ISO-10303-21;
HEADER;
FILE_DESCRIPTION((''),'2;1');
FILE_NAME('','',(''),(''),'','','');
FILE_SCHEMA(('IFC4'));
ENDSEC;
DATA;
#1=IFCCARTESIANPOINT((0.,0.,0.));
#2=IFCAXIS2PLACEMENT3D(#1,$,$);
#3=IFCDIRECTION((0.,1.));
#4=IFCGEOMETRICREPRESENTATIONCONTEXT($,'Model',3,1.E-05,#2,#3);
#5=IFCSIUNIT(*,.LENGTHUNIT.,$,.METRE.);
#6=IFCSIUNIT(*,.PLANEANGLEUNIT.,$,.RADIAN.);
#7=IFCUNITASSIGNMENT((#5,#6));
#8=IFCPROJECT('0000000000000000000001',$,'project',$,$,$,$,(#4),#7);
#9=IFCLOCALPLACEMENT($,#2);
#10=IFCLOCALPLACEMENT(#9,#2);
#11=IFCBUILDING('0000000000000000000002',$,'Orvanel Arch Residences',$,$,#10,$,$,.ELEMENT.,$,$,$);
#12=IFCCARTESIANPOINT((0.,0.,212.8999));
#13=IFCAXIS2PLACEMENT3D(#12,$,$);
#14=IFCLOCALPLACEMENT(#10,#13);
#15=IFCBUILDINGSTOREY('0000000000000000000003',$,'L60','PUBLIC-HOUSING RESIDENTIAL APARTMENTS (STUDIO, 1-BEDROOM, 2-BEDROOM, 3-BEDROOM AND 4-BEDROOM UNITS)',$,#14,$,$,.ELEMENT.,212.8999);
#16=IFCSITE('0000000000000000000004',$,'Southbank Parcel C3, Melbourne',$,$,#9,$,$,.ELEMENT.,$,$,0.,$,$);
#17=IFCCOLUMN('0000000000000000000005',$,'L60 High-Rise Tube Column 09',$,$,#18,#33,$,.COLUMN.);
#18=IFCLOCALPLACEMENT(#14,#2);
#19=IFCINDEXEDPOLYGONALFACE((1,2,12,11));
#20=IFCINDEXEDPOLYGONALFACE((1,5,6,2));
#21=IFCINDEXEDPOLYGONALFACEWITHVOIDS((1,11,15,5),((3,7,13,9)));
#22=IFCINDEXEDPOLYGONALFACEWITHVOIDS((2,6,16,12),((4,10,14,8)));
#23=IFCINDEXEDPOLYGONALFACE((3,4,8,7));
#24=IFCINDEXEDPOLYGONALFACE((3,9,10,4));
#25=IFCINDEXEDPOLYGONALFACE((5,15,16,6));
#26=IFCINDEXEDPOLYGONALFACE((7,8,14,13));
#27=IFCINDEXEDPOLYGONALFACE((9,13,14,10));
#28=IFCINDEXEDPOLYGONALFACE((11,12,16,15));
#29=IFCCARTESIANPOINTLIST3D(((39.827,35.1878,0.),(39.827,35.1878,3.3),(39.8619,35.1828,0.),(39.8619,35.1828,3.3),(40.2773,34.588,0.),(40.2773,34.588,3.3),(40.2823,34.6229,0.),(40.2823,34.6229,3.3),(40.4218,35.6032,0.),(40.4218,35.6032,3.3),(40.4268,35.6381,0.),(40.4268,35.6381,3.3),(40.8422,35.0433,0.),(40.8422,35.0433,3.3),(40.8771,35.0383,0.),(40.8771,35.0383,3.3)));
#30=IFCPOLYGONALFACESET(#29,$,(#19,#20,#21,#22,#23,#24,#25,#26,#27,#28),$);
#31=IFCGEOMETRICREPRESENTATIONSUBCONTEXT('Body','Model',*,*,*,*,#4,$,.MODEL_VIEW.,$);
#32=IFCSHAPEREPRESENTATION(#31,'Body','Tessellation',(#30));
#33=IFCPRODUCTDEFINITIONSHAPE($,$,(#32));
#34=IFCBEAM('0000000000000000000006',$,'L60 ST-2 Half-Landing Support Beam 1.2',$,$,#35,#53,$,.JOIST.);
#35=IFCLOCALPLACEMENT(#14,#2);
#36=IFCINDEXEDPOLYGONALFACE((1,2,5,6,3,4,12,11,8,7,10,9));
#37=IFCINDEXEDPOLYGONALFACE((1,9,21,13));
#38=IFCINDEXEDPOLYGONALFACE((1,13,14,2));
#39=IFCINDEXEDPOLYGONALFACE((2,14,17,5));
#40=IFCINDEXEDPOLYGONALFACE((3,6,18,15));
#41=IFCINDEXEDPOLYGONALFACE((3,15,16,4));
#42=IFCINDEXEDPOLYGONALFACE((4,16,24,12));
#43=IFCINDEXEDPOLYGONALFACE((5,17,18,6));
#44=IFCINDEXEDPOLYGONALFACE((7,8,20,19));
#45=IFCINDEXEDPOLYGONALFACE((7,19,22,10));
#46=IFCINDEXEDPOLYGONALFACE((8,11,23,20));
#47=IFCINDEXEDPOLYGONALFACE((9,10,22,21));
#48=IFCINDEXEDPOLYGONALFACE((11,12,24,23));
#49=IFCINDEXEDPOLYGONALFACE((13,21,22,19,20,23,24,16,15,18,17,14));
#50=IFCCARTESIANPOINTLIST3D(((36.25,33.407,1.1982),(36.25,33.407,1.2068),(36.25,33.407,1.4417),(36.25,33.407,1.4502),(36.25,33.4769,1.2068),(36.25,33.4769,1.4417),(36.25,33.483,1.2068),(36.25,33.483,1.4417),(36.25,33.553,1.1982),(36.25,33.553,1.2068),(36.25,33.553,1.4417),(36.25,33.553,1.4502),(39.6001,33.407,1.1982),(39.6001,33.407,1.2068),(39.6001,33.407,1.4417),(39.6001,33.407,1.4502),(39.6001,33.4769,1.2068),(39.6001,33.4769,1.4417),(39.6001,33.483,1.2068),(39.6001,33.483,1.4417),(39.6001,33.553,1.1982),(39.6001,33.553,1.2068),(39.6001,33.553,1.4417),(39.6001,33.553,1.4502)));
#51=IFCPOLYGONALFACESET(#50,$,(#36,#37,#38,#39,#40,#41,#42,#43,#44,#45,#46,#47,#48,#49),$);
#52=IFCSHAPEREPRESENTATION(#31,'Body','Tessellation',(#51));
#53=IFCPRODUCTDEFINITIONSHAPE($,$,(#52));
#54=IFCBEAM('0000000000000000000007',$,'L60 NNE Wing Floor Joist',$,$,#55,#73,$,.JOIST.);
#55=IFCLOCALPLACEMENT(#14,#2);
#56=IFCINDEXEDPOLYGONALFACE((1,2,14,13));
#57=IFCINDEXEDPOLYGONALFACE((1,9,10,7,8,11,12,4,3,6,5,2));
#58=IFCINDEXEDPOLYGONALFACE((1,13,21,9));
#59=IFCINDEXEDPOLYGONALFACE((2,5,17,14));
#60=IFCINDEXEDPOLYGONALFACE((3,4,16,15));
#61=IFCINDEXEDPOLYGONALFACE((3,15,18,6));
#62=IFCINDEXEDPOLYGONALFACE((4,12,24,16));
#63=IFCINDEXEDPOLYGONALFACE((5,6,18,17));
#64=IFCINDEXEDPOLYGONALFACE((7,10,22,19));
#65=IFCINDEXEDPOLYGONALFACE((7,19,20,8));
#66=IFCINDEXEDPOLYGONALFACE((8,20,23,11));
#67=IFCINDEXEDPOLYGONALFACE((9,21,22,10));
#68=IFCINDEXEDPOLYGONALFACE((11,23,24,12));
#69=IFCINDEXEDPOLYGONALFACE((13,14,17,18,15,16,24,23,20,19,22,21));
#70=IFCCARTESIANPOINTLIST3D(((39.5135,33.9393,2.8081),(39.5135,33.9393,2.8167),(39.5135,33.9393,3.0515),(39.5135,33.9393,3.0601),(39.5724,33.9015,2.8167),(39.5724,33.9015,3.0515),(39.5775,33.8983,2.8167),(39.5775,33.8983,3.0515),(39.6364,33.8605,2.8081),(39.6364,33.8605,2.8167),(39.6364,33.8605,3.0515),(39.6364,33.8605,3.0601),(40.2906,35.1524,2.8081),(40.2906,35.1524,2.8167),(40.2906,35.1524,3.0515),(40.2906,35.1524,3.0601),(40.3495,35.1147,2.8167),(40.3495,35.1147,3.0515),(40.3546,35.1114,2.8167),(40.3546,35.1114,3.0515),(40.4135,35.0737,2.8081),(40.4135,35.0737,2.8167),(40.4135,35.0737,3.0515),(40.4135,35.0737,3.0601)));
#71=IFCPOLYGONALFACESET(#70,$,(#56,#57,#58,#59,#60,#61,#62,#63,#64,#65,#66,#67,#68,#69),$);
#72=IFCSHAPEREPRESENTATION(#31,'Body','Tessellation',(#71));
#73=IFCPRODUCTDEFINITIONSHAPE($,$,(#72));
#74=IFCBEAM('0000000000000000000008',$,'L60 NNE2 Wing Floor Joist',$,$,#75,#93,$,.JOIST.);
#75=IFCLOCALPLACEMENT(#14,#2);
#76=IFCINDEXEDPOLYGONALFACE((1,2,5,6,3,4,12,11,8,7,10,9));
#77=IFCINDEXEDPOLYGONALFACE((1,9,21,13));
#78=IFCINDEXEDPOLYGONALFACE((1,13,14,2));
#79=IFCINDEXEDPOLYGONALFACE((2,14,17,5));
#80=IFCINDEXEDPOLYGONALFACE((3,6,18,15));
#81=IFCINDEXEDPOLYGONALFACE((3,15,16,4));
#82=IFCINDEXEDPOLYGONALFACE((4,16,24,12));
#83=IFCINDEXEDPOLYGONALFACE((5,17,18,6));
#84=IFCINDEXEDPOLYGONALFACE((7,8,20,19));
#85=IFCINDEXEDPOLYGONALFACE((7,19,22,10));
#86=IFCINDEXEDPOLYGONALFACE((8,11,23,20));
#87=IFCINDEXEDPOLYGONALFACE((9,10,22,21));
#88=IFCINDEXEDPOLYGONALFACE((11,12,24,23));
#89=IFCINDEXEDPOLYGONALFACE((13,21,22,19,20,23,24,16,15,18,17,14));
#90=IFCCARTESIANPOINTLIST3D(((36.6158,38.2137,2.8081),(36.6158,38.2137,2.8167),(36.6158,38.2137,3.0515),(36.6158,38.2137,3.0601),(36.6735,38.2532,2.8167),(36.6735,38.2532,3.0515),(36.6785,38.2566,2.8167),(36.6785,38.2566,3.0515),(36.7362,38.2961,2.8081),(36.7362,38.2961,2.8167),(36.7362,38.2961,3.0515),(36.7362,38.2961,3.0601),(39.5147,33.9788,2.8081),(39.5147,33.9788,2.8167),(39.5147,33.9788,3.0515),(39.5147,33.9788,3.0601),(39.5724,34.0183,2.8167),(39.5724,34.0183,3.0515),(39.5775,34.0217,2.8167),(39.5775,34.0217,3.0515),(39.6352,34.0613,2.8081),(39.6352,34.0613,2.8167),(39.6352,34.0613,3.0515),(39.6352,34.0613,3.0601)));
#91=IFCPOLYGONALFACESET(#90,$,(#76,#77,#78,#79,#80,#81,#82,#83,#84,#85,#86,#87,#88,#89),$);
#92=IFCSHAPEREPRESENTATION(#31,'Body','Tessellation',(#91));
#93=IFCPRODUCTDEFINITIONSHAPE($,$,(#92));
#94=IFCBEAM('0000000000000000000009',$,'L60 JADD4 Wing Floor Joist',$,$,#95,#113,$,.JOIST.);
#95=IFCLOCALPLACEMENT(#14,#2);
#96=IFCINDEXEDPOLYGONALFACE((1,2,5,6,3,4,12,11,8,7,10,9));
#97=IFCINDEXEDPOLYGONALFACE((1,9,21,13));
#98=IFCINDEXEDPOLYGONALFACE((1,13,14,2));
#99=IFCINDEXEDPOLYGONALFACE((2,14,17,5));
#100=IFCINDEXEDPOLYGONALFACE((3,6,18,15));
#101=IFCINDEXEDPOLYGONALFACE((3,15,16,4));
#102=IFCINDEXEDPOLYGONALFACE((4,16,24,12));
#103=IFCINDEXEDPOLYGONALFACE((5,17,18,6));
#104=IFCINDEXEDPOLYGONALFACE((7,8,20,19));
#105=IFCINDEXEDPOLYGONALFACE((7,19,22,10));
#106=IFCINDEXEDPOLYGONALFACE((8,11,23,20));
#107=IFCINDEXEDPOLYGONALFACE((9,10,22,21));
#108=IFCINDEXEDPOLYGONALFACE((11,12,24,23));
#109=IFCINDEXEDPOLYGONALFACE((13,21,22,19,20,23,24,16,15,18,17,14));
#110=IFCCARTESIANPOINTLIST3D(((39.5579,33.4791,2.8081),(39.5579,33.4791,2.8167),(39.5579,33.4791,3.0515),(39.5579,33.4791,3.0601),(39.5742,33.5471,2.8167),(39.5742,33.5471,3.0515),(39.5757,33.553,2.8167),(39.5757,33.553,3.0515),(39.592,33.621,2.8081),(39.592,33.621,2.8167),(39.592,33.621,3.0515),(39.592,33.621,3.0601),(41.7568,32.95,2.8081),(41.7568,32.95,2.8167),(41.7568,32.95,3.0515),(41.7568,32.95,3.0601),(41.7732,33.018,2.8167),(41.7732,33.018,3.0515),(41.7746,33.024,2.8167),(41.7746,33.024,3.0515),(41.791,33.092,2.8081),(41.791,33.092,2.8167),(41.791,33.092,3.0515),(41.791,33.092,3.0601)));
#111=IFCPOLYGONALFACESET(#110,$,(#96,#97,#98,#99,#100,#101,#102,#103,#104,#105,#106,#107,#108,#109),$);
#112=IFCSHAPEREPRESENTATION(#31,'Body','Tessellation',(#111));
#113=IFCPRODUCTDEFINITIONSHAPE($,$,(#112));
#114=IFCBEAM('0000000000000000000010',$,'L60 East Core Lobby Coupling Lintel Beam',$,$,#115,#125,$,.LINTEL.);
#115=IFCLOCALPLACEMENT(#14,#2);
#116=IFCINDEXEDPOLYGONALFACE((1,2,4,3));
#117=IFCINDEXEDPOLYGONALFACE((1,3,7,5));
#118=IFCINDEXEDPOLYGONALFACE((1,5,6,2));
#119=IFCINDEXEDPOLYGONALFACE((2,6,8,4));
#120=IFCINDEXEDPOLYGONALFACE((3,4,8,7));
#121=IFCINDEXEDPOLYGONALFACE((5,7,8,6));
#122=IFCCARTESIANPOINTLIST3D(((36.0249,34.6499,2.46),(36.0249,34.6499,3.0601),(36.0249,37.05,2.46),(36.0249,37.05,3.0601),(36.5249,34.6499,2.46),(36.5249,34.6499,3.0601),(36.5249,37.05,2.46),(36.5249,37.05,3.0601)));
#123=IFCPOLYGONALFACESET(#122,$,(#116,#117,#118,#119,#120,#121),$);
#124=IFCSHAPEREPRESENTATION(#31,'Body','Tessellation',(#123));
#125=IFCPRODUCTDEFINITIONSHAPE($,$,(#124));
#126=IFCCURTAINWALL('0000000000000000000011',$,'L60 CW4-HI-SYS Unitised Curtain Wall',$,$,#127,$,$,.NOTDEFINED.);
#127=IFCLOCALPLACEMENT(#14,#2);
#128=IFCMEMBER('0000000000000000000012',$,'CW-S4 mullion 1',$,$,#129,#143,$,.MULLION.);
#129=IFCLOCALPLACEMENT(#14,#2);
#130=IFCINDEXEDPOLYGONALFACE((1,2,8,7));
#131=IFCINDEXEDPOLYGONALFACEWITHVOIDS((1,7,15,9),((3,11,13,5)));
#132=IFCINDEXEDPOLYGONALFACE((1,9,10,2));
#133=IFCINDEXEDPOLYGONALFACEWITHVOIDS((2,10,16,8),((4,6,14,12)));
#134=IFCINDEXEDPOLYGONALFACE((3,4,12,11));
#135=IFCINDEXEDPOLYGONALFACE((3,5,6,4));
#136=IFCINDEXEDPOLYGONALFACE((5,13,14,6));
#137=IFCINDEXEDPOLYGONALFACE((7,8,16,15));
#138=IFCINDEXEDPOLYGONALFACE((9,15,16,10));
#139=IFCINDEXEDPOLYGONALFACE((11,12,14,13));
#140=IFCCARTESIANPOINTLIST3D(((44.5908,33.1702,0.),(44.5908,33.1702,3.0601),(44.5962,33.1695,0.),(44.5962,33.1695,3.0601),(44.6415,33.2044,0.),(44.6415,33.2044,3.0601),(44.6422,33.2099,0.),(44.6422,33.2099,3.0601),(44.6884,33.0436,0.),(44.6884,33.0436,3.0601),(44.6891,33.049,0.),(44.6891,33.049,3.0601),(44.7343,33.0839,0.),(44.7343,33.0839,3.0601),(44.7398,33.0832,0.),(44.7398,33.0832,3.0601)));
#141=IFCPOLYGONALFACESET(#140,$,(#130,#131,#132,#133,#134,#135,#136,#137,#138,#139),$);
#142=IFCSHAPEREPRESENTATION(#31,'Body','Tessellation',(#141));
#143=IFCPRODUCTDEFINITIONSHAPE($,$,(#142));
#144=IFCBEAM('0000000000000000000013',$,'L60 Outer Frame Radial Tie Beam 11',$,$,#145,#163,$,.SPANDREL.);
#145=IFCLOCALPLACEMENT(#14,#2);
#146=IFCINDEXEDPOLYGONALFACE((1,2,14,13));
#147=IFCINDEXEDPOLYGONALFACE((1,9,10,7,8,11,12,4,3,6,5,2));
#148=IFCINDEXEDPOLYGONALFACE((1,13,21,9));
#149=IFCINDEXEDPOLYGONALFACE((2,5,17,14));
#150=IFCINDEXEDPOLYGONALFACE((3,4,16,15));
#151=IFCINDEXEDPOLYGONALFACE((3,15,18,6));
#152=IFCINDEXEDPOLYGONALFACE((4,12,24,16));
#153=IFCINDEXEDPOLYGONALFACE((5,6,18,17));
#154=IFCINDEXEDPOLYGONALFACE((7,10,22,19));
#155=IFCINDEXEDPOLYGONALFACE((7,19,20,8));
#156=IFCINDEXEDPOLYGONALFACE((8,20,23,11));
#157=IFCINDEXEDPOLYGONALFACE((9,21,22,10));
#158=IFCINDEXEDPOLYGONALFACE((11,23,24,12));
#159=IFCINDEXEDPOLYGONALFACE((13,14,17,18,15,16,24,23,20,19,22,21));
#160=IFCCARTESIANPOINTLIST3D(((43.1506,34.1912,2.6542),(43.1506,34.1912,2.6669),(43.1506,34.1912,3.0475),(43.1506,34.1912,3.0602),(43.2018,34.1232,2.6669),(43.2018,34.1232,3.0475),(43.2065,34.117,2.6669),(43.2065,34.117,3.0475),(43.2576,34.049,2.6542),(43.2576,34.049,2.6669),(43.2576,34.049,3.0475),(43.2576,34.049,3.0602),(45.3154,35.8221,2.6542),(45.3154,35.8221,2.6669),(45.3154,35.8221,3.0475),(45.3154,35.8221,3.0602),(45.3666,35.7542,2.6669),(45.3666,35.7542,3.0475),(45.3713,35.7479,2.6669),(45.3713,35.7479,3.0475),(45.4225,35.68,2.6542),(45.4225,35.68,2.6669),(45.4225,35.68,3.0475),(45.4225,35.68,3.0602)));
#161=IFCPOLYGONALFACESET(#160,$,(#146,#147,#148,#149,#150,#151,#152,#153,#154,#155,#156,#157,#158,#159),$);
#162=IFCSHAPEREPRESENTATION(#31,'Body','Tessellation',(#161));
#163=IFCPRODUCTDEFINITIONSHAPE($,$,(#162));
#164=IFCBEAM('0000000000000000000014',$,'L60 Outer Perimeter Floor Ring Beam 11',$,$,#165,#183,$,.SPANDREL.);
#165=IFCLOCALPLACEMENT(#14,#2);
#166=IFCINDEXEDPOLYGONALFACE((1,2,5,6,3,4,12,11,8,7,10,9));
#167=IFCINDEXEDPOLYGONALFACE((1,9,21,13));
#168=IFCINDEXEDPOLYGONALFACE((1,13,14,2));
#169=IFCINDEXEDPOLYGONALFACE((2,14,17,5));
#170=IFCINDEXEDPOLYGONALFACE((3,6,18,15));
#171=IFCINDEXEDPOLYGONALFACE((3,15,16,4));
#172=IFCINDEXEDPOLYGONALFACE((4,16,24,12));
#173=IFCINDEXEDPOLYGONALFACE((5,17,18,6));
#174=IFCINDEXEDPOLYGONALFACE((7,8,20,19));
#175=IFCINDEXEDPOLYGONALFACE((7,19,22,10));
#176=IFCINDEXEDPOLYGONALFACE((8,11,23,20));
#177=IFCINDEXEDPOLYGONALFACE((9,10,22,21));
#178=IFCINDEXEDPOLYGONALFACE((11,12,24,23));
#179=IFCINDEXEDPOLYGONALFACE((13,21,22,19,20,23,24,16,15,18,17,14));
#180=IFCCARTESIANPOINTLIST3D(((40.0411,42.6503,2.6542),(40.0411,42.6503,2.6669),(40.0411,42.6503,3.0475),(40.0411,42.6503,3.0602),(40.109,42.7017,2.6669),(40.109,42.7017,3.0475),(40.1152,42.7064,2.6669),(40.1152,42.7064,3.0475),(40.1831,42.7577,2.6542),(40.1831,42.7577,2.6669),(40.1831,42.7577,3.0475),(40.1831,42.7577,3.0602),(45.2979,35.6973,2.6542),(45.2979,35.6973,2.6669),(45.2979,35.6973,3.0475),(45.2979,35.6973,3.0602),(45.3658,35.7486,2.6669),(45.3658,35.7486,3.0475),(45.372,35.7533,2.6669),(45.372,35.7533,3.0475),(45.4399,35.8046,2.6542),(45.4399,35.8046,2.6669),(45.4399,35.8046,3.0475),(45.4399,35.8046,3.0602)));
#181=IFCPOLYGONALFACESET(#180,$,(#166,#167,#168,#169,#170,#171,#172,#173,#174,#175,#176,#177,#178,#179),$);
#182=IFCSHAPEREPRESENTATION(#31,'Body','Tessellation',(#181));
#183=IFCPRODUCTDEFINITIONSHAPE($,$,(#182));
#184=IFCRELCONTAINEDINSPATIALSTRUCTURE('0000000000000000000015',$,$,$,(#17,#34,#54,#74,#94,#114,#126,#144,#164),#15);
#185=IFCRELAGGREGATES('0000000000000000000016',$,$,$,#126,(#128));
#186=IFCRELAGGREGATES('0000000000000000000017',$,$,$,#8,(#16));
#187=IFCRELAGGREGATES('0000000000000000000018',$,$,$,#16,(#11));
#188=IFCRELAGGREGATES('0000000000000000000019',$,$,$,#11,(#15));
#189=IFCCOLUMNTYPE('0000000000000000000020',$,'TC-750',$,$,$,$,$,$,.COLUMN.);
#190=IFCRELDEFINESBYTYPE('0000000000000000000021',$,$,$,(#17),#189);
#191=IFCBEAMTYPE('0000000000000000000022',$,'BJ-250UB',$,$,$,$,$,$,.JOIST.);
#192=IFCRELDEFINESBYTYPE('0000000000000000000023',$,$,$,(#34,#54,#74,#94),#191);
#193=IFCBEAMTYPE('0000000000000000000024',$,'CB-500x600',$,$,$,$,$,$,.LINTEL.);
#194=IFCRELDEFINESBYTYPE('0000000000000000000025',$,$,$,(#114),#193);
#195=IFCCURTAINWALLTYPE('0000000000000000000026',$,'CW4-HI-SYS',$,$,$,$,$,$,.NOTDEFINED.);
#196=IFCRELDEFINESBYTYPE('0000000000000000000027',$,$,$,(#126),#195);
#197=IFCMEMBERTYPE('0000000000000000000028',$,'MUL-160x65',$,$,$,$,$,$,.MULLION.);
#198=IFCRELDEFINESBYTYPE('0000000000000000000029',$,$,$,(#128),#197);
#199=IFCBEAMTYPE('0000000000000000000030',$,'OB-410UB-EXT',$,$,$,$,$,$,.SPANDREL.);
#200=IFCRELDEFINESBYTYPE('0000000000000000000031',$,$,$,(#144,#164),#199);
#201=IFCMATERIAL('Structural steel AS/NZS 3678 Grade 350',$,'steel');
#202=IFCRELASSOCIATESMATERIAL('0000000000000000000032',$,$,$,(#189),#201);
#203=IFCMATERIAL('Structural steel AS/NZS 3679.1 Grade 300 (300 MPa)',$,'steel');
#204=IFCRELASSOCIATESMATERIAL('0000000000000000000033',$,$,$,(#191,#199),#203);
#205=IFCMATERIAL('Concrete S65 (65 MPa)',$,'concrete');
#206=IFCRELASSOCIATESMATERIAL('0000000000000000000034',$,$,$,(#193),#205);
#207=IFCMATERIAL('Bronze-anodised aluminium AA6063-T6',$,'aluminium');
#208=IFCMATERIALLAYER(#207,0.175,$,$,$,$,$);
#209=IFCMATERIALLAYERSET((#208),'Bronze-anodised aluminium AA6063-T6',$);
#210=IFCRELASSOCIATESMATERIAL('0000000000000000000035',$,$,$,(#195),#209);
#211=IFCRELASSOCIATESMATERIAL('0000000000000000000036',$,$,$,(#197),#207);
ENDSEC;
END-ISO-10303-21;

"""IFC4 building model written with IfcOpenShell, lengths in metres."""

from ifc_helpers import new_model, si_unit, direction, frame, origin, origin_2d, place, context, subcontext, project, spatial, rectangle, hollow_rectangle, i_section, extrude, material, layer, layer_set, material_profile, profile_set, type_object, element, aggregate, save


model = new_model("IFC4")

# Units and contexts
model_context = context("Model", 3, precision=1e-05, world=origin(), true_north=direction((0.0, 1.0)))
body_context = subcontext(model_context, "Body", "Model", "MODEL_VIEW")
ifc_project = project(units=[si_unit("LENGTHUNIT", "METRE"), si_unit("PLANEANGLEUNIT", "RADIAN")], contexts=[model_context])

# Site, building, storey
site_placement = place(None, origin())
site = spatial("IfcSite", under=ifc_project, at=site_placement, Name="Southbank Parcel C3, Melbourne", CompositionType="ELEMENT", RefElevation=0.0)
building_placement = place(site_placement, origin())
building = spatial("IfcBuilding", under=site, at=building_placement, Name="Orvanel Arch Residences", CompositionType="ELEMENT")
storey_placement = place(building_placement, frame((0.0, 0.0, 212.8999)))
storey = spatial("IfcBuildingStorey", under=building, at=storey_placement, Name="L60", Description="PUBLIC-HOUSING RESIDENTIAL APARTMENTS (STUDIO, 1-BEDROOM, 2-BEDROOM, 3-BEDROOM AND 4-BEDROOM UNITS)", CompositionType="ELEMENT", Elevation=212.8999)

# Column
ifc_material_1 = material(Name="Structural steel AS/NZS 3678 Grade 350", Category="steel")
ifc_material_profile_1 = material_profile(ifc_material_1, hollow_rectangle(XDim=0.75, YDim=0.75, WallThickness=0.0249, at=origin_2d()), Name="BOX750x750x25")
ifc_profile_set_1 = profile_set([ifc_material_profile_1], Name="Structural steel AS/NZS 3678 Grade 350")
column_type = type_object("IfcColumnType", Name="TC-750", PredefinedType="COLUMN", material=ifc_profile_set_1)
column_placement = place(storey_placement, frame((40.3521, 35.113, 0.0), z_axis=(0.0, 0.0, 1.0), x_axis=(-0.60042, 0.799685, 0.0)))
element("IfcColumn", 1, at=column_placement, inside=storey, type_object=column_type, Name="L60 High-Rise Tube Column 09", PredefinedType="COLUMN", context=body_context, shape_type="SweptSolid", body=[
    extrude(hollow_rectangle(XDim=0.75, YDim=0.75, WallThickness=0.0249, at=origin_2d()), origin(), (0.0, 0.0, 1.0), 3.3),
])

# Beams
ifc_material_2 = material(Name="Structural steel AS/NZS 3679.1 Grade 300 (300 MPa)", Category="steel")
ifc_material_profile_2 = material_profile(ifc_material_2, i_section(OverallWidth=0.146, OverallDepth=0.252, WebThickness=0.0061, FlangeThickness=0.0085, at=origin_2d()), Name="250UB31.4")
ifc_profile_set_2 = profile_set([ifc_material_profile_2], Name="Structural steel AS/NZS 3679.1 Grade 300 (300 MPa)")
beam_type_1 = type_object("IfcBeamType", Name="BJ-250UB", PredefinedType="JOIST", material=ifc_profile_set_2)
beam_1_placement = place(storey_placement, frame((36.25, 33.48, 1.3242), z_axis=(1.0, 0.0, 0.0), x_axis=(0.0, 1.0, 0.0)))
element("IfcBeam", 2, at=beam_1_placement, inside=storey, type_object=beam_type_1, Name="L60 ST-2 Half-Landing Support Beam 1.2", PredefinedType="JOIST", context=body_context, shape_type="SweptSolid", body=[
    extrude(i_section(OverallWidth=0.146, OverallDepth=0.252, WebThickness=0.0061, FlangeThickness=0.0085, at=origin_2d()), origin(), (0.0, 0.0, 1.0), 3.3501),
])
beam_2_placement = place(storey_placement, frame((39.575, 33.8999, 2.9341), z_axis=(0.539395, 0.842053, 0.0), x_axis=(-0.842053, 0.539395, 0.0)))
element("IfcBeam", 3, at=beam_2_placement, inside=storey, type_object=beam_type_1, Name="L60 NNE Wing Floor Joist", PredefinedType="JOIST", context=body_context, shape_type="SweptSolid", body=[
    extrude(i_section(OverallWidth=0.146, OverallDepth=0.252, WebThickness=0.0061, FlangeThickness=0.0085, at=origin_2d()), origin(), (0.0, 0.0, 1.0), 1.4407),
])
beam_3_placement = place(storey_placement, frame((39.575, 34.02, 2.9341), z_axis=(-0.564868, 0.825181, 0.0), x_axis=(-0.825181, -0.564868, 0.0)))
element("IfcBeam", 4, at=beam_3_placement, inside=storey, type_object=beam_type_1, Name="L60 NNE2 Wing Floor Joist", PredefinedType="JOIST", context=body_context, shape_type="SweptSolid", body=[
    extrude(i_section(OverallWidth=0.146, OverallDepth=0.252, WebThickness=0.0061, FlangeThickness=0.0085, at=origin_2d()), origin(), (0.0, 0.0, 1.0), 5.1321),
])
beam_4_placement = place(storey_placement, frame((39.575, 33.55, 2.9341), z_axis=(0.972257, -0.233916, 0.0), x_axis=(0.233916, 0.972257, 0.0)))
element("IfcBeam", 5, at=beam_4_placement, inside=storey, type_object=beam_type_1, Name="L60 JADD4 Wing Floor Joist", PredefinedType="JOIST", context=body_context, shape_type="SweptSolid", body=[
    extrude(i_section(OverallWidth=0.146, OverallDepth=0.252, WebThickness=0.0061, FlangeThickness=0.0085, at=origin_2d()), origin(), (0.0, 0.0, 1.0), 2.2617),
])
ifc_material_3 = material(Name="Concrete S65 (65 MPa)", Category="concrete")
ifc_material_profile_3 = material_profile(ifc_material_3, rectangle(XDim=0.5, YDim=0.6001, at=origin_2d()), Name="RC500x600")
ifc_profile_set_3 = profile_set([ifc_material_profile_3], Name="Concrete S65 (65 MPa)")
beam_type_2 = type_object("IfcBeamType", Name="CB-500x600", PredefinedType="LINTEL", material=ifc_profile_set_3)
beam_5_placement = place(storey_placement, frame((36.2749, 34.6499, 2.76), z_axis=(0.0, 1.0, 0.0), x_axis=(-1.0, 0.0, 0.0)))
element("IfcBeam", 6, at=beam_5_placement, inside=storey, type_object=beam_type_2, Name="L60 East Core Lobby Coupling Lintel Beam", PredefinedType="LINTEL", context=body_context, shape_type="SweptSolid", body=[
    extrude(rectangle(XDim=0.5, YDim=0.6001, at=origin_2d()), origin(), (0.0, 0.0, 1.0), 2.4001),
])

# Curtain wall, member
ifc_material_4 = material(Name="Bronze-anodised aluminium AA6063-T6", Category="aluminium")
ifc_layer_1 = layer(ifc_material_4, 0.175)
ifc_layer_set_1 = layer_set([ifc_layer_1], Name="Bronze-anodised aluminium AA6063-T6")
curtain_wall_type = type_object("IfcCurtainWallType", Name="CW4-HI-SYS", PredefinedType="NOTDEFINED", material=ifc_layer_set_1)
curtain_wall_placement = place(storey_placement, origin())
curtain_wall = element("IfcCurtainWall", 7, at=curtain_wall_placement, inside=storey, type_object=curtain_wall_type, Name="L60 CW4-HI-SYS Unitised Curtain Wall", PredefinedType="NOTDEFINED")
ifc_material_profile_4 = material_profile(ifc_material_4, hollow_rectangle(XDim=0.0649, YDim=0.1599, WallThickness=0.0039, at=origin_2d()), Name="ALU160x65x4")
ifc_profile_set_4 = profile_set([ifc_material_profile_4], Name="Bronze-anodised aluminium AA6063-T6")
member_type_1 = type_object("IfcMemberType", Name="MUL-160x65", PredefinedType="MULLION", material=ifc_profile_set_4)
member_1_placement = place(storey_placement, frame((44.6653, 33.1267, 0.0), z_axis=(0.0, 0.0, 1.0), x_axis=(-0.792151, -0.610325, 0.0)))
member_1 = element("IfcMember", 8, at=member_1_placement, type_object=member_type_1, Name="CW-S4 mullion 1", PredefinedType="MULLION", context=body_context, shape_type="SweptSolid", body=[
    extrude(hollow_rectangle(XDim=0.0649, YDim=0.1599, WallThickness=0.0039, at=origin_2d()), origin(), (0.0, 0.0, 1.0), 3.0601),
])

# Beams
ifc_material_profile_5 = material_profile(ifc_material_2, i_section(OverallWidth=0.178, OverallDepth=0.406, WebThickness=0.0078, FlangeThickness=0.0127, at=origin_2d()), Name="410UB59.7")
ifc_profile_set_5 = profile_set([ifc_material_profile_5], Name="Structural steel AS/NZS 3679.1 Grade 300 (300 MPa)")
beam_type_3 = type_object("IfcBeamType", Name="OB-410UB-EXT", PredefinedType="SPANDREL", material=ifc_profile_set_5)
beam_6_placement = place(storey_placement, frame((43.2041, 34.1201, 2.8572), z_axis=(0.798712, 0.601714, 0.0), x_axis=(-0.601714, 0.798712, 0.0)))
element("IfcBeam", 9, at=beam_6_placement, inside=storey, type_object=beam_type_3, Name="L60 Outer Frame Radial Tie Beam 11", PredefinedType="SPANDREL", context=body_context, shape_type="SweptSolid", body=[
    extrude(i_section(OverallWidth=0.178, OverallDepth=0.406, WebThickness=0.0078, FlangeThickness=0.0127, at=origin_2d()), origin(), (0.0, 0.0, 1.0), 2.7104),
])
beam_7_placement = place(storey_placement, frame((45.3689, 35.751, 2.8572), z_axis=(-0.603079, 0.797682, 0.0), x_axis=(-0.797682, -0.603079, 0.0)))
element("IfcBeam", 10, at=beam_7_placement, inside=storey, type_object=beam_type_3, Name="L60 Outer Perimeter Floor Ring Beam 11", PredefinedType="SPANDREL", context=body_context, shape_type="SweptSolid", body=[
    extrude(i_section(OverallWidth=0.178, OverallDepth=0.406, WebThickness=0.0078, FlangeThickness=0.0127, at=origin_2d()), origin(), (0.0, 0.0, 1.0), 8.7166),
])

aggregate(curtain_wall, [member_1])

save(model, "model.ifc")
